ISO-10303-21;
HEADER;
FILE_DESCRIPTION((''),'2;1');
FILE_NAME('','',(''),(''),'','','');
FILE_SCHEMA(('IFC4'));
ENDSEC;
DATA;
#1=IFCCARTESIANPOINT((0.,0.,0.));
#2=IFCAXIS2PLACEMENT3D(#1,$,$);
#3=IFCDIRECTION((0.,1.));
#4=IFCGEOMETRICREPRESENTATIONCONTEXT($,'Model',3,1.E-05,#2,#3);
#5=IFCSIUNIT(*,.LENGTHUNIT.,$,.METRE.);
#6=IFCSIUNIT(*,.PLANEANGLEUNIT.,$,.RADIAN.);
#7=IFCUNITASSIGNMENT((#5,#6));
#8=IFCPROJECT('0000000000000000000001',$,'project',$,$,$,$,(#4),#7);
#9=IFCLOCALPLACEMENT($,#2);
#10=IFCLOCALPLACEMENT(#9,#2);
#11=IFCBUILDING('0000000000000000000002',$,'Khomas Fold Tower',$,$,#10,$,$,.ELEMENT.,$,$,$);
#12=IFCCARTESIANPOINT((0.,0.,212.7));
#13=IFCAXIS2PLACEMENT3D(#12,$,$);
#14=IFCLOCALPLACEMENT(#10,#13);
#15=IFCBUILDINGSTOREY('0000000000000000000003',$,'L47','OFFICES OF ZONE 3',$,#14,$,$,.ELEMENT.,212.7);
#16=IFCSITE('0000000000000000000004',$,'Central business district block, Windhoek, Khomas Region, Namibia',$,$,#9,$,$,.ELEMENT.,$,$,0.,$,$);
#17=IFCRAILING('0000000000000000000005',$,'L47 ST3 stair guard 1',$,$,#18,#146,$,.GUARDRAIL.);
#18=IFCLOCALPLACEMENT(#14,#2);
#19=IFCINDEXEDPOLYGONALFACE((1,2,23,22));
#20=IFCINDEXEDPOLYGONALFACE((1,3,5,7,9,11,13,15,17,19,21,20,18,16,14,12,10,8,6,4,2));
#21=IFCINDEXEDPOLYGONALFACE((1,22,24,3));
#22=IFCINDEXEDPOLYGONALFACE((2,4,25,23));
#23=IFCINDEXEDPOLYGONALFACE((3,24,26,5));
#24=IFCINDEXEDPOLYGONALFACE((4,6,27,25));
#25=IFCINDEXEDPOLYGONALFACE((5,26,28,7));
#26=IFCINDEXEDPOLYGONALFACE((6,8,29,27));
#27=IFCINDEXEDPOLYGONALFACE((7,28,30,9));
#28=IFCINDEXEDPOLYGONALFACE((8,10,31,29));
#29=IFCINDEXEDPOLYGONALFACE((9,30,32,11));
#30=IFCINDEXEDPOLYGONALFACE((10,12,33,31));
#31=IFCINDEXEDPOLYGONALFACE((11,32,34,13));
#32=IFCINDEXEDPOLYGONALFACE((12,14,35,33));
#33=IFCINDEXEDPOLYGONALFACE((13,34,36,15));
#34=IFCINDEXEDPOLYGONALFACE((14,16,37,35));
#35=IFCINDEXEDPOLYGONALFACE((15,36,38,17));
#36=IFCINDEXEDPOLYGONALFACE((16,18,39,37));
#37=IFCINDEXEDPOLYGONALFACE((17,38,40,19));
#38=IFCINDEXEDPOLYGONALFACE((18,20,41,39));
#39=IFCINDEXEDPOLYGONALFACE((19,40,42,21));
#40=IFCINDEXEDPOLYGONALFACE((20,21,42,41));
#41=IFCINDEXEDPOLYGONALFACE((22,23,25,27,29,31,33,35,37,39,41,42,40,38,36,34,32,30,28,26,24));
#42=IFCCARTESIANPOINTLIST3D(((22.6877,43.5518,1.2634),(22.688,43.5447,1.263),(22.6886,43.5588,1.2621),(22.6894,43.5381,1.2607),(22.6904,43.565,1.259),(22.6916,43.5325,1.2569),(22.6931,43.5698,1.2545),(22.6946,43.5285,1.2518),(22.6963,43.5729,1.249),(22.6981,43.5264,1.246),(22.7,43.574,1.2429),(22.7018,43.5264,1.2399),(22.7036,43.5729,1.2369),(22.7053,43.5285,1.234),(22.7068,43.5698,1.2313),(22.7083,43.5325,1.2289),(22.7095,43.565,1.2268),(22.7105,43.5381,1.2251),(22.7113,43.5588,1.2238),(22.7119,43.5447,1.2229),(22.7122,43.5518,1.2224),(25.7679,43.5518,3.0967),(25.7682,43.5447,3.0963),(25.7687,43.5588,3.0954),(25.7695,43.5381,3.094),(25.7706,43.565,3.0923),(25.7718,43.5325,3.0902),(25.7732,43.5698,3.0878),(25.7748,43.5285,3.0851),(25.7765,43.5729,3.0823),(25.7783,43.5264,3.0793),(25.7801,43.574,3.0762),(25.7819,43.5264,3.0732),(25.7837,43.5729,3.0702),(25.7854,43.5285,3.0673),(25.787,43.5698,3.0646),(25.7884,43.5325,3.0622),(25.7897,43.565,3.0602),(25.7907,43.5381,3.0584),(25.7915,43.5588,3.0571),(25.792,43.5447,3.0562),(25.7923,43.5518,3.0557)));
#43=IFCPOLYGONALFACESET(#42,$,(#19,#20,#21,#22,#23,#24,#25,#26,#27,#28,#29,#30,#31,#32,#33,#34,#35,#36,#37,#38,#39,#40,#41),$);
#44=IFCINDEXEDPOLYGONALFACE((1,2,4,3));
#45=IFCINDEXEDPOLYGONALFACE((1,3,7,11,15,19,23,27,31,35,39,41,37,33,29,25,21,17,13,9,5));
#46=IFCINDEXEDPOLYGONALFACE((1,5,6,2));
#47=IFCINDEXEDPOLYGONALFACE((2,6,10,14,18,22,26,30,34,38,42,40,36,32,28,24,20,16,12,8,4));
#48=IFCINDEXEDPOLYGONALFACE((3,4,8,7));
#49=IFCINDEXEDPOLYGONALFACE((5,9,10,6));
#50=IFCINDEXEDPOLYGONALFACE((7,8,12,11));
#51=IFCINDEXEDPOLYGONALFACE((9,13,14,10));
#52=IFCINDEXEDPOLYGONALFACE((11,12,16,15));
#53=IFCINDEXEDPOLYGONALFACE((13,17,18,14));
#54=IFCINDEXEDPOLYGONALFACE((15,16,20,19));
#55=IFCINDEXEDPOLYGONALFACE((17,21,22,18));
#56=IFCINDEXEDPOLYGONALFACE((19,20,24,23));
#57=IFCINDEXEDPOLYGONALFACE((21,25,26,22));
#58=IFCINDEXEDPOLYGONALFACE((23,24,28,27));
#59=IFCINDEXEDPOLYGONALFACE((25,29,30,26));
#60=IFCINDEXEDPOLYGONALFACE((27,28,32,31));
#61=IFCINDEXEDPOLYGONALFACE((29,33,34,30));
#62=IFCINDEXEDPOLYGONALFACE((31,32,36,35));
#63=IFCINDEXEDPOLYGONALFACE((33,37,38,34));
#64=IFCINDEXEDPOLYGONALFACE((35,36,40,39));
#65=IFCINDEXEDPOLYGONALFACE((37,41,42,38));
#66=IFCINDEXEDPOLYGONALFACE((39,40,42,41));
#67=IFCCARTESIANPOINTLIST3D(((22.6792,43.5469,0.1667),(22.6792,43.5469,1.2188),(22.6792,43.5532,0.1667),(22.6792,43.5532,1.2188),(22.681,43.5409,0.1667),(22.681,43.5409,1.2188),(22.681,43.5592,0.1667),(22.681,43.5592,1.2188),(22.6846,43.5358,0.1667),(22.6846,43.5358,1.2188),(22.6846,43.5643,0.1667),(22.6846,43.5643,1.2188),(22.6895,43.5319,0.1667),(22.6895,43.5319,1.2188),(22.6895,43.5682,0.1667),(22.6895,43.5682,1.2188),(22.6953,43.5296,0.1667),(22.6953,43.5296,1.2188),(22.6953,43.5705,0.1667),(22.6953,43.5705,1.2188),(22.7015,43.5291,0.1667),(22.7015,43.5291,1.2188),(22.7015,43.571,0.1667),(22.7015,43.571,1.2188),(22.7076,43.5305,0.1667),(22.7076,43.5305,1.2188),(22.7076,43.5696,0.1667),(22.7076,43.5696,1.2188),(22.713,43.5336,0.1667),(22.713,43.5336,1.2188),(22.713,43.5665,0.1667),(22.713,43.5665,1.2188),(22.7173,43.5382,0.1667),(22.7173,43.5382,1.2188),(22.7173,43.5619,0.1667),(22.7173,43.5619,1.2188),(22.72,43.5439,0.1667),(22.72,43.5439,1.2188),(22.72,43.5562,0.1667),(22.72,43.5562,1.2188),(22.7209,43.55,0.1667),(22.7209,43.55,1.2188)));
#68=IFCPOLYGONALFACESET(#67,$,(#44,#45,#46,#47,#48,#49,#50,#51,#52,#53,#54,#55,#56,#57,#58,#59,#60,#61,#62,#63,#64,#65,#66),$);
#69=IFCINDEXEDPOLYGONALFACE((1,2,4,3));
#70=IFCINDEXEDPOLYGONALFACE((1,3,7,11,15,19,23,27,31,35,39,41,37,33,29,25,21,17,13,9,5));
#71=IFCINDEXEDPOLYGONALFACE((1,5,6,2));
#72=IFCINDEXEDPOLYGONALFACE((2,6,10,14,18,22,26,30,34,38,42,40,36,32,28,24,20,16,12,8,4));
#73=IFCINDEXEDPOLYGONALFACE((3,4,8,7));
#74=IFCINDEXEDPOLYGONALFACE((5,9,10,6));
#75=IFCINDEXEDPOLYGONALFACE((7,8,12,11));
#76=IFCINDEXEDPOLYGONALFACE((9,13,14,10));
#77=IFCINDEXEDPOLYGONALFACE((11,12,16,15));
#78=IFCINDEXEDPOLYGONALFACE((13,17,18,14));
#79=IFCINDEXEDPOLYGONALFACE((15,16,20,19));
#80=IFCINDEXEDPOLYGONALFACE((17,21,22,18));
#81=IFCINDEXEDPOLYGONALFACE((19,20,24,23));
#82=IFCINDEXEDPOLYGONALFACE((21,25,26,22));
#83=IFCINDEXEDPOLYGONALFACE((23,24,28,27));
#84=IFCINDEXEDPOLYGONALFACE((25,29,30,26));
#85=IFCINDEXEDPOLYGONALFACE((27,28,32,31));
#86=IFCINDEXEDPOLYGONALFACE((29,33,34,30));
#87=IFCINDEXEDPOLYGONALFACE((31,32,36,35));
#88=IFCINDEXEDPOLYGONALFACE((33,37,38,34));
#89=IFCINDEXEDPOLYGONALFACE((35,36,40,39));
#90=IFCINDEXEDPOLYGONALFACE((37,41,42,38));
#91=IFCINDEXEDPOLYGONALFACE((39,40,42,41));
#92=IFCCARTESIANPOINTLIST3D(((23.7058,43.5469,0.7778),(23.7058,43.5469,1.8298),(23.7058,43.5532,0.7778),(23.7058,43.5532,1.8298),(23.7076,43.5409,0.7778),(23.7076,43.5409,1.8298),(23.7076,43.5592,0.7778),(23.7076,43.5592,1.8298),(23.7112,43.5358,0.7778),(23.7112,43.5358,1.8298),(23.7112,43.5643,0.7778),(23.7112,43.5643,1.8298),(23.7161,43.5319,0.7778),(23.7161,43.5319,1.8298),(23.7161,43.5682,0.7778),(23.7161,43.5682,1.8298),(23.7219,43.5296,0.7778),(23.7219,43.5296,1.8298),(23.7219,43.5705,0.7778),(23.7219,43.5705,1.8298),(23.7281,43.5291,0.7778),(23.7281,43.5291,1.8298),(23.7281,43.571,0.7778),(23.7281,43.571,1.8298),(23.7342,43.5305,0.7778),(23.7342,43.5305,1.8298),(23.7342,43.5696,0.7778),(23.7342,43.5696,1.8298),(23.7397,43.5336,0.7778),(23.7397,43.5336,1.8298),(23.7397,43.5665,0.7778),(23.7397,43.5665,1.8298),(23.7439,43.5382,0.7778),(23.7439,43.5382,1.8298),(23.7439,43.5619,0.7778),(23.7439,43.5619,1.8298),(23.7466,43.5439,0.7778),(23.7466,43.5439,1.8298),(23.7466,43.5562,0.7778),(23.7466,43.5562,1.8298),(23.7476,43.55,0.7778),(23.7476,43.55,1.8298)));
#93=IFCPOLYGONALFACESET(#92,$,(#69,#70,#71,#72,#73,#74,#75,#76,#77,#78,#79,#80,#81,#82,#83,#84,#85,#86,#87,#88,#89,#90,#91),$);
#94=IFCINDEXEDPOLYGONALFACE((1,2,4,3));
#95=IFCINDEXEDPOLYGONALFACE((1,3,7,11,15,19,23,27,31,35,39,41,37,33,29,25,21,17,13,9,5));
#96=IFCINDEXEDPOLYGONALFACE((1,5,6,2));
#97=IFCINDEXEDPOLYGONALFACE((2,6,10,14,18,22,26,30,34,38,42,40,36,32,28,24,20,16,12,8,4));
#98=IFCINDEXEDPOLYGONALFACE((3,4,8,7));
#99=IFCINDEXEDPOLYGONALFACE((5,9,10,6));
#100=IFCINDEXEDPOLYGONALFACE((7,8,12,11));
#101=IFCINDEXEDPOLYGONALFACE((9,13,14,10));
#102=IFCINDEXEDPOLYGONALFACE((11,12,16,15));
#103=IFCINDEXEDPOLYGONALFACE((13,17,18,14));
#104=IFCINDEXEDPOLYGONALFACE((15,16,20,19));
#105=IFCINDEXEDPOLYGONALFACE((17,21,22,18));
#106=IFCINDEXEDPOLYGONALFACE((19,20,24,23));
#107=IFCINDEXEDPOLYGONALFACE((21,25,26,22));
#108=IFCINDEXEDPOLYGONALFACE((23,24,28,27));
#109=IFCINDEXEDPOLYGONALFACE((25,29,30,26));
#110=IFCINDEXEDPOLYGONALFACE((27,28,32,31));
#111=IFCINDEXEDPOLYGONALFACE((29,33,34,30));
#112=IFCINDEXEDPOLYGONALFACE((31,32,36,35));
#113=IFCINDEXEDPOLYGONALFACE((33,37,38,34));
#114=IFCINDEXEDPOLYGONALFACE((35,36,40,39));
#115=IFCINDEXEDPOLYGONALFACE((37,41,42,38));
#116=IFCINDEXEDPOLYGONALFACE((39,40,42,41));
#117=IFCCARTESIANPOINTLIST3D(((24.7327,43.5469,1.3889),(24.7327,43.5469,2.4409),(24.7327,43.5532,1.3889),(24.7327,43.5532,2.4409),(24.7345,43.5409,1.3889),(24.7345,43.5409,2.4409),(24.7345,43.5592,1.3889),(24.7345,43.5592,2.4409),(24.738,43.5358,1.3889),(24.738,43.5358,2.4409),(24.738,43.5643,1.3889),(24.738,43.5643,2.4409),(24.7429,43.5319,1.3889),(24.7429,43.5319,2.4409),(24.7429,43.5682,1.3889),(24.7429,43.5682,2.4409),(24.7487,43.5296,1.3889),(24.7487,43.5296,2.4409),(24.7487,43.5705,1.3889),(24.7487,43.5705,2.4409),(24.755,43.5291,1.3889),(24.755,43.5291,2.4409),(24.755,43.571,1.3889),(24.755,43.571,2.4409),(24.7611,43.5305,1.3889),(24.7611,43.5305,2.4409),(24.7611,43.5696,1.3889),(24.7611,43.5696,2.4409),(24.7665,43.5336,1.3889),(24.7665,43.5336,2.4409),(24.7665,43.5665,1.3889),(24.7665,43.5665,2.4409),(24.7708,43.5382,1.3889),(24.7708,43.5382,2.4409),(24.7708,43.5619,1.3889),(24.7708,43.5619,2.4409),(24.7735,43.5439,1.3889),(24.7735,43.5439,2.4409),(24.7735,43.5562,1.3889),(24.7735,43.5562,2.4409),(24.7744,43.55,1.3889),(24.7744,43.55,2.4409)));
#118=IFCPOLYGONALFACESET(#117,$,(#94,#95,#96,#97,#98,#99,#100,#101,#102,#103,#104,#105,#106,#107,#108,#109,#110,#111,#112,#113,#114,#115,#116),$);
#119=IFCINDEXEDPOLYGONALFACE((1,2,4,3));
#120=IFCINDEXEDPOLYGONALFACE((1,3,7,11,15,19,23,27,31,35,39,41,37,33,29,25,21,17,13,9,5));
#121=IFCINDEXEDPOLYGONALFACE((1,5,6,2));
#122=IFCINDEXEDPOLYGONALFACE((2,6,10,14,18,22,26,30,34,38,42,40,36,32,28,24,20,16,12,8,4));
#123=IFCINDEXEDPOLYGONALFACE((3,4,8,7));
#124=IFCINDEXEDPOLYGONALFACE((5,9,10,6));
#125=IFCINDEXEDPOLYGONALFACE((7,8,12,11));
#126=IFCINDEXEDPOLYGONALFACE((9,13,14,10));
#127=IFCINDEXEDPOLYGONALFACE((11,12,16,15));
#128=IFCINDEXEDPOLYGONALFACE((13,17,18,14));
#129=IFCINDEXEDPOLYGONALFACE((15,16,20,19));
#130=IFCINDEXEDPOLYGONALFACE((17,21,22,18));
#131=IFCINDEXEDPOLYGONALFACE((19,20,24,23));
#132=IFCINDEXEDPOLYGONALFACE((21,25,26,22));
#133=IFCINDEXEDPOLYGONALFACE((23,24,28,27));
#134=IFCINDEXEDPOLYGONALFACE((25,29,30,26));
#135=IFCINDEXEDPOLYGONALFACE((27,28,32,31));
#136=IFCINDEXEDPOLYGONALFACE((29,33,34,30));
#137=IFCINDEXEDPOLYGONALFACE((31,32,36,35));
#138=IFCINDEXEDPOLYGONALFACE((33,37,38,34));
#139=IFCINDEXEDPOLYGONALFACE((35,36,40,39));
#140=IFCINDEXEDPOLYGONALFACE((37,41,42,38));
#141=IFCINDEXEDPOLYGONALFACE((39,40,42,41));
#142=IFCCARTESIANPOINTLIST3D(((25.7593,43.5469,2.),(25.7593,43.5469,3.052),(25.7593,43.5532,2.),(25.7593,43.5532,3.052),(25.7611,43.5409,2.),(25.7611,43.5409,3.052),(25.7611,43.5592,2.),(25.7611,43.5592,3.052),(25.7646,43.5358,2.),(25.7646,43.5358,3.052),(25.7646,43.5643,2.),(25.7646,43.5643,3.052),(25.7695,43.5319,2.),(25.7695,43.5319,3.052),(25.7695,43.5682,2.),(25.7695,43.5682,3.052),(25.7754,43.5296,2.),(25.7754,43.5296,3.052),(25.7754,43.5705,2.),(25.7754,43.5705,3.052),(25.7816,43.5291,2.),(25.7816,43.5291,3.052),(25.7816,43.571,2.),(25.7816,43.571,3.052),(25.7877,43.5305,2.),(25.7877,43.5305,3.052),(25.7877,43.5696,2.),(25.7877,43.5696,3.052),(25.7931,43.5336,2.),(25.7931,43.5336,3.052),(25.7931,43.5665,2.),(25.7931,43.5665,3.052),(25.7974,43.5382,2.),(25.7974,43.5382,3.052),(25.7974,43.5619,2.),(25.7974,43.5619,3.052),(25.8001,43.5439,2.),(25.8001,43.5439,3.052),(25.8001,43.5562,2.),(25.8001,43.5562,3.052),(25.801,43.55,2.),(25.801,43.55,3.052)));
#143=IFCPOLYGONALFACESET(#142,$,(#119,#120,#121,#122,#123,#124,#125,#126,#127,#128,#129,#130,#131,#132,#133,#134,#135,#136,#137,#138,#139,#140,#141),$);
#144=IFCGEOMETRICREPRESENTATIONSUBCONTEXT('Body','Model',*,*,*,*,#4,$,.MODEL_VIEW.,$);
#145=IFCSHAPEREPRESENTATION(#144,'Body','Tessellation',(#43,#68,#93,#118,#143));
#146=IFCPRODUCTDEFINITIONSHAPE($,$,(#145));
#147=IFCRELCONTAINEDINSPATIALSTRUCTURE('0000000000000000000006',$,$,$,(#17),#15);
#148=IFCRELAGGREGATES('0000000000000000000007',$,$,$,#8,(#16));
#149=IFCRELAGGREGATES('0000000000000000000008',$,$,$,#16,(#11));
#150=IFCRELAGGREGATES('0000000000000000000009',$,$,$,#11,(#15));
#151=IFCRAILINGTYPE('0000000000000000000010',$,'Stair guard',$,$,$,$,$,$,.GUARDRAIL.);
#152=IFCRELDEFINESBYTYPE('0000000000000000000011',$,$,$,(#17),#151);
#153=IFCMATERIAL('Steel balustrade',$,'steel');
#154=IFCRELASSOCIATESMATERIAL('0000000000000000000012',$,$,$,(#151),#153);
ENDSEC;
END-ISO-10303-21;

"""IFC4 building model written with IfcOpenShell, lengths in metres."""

from ifc_helpers import new_model, si_unit, direction, frame, origin, origin_2d, place, context, subcontext, project, spatial, circle, extrude, source, transform, mapped, material, type_object, element, save


model = new_model("IFC4")

# Units and contexts
model_context = context("Model", 3, precision=1e-05, world=origin(), true_north=direction((0.0, 1.0)))
body_context = subcontext(model_context, "Body", "Model", "MODEL_VIEW")
ifc_project = project(units=[si_unit("LENGTHUNIT", "METRE"), si_unit("PLANEANGLEUNIT", "RADIAN")], contexts=[model_context])

# Site, building, storey
site_placement = place(None, origin())
site = spatial("IfcSite", under=ifc_project, at=site_placement, Name="Central business district block, Windhoek, Khomas Region, Namibia", CompositionType="ELEMENT", RefElevation=0.0)
building_placement = place(site_placement, origin())
building = spatial("IfcBuilding", under=site, at=building_placement, Name="Khomas Fold Tower", CompositionType="ELEMENT")
storey_placement = place(building_placement, frame((0.0, 0.0, 212.7)))
storey = spatial("IfcBuildingStorey", under=building, at=storey_placement, Name="L47", Description="OFFICES OF ZONE 3", CompositionType="ELEMENT", Elevation=212.7)

# Railing
ifc_material_1 = material(Name="Steel balustrade", Category="steel")
railing_type_1 = type_object("IfcRailingType", Name="Stair guard", PredefinedType="GUARDRAIL", material=ifc_material_1)
shared_shape_1 = source(origin(), body_context, "Body", "SweptSolid", [
    extrude(circle(Radius=0.0239, at=origin_2d()), frame((0.0, 0.0, 1.0762), z_axis=(0.859309, 0.0, 0.511458), x_axis=(0.0, 1.0, 0.0)), (0.0, 0.0, 1.0), 3.5845),
    extrude(circle(Radius=0.021, at=origin_2d()), origin(), (0.0, 0.0, 1.0), 1.052),
    extrude(circle(Radius=0.021, at=origin_2d()), frame((1.0266, 0.0, 0.6111)), (0.0, 0.0, 1.0), 1.052),
    extrude(circle(Radius=0.021, at=origin_2d()), frame((2.0535, 0.0, 1.2222)), (0.0, 0.0, 1.0), 1.052),
    extrude(circle(Radius=0.021, at=origin_2d()), frame((3.0801, 0.0, 1.8333)), (0.0, 0.0, 1.0), 1.052),
])
railing_1_placement = place(storey_placement, frame((22.7, 43.55, 0.1667)))
element("IfcRailing", 1, at=railing_1_placement, inside=storey, type_object=railing_type_1, Name="L47 ST3 stair guard 1", PredefinedType="GUARDRAIL", context=body_context, shape_type="MappedRepresentation", body=[
    mapped(shared_shape_1, transform((0.0, 0.0, 0.0))),
])

save(model, "model.ifc")
